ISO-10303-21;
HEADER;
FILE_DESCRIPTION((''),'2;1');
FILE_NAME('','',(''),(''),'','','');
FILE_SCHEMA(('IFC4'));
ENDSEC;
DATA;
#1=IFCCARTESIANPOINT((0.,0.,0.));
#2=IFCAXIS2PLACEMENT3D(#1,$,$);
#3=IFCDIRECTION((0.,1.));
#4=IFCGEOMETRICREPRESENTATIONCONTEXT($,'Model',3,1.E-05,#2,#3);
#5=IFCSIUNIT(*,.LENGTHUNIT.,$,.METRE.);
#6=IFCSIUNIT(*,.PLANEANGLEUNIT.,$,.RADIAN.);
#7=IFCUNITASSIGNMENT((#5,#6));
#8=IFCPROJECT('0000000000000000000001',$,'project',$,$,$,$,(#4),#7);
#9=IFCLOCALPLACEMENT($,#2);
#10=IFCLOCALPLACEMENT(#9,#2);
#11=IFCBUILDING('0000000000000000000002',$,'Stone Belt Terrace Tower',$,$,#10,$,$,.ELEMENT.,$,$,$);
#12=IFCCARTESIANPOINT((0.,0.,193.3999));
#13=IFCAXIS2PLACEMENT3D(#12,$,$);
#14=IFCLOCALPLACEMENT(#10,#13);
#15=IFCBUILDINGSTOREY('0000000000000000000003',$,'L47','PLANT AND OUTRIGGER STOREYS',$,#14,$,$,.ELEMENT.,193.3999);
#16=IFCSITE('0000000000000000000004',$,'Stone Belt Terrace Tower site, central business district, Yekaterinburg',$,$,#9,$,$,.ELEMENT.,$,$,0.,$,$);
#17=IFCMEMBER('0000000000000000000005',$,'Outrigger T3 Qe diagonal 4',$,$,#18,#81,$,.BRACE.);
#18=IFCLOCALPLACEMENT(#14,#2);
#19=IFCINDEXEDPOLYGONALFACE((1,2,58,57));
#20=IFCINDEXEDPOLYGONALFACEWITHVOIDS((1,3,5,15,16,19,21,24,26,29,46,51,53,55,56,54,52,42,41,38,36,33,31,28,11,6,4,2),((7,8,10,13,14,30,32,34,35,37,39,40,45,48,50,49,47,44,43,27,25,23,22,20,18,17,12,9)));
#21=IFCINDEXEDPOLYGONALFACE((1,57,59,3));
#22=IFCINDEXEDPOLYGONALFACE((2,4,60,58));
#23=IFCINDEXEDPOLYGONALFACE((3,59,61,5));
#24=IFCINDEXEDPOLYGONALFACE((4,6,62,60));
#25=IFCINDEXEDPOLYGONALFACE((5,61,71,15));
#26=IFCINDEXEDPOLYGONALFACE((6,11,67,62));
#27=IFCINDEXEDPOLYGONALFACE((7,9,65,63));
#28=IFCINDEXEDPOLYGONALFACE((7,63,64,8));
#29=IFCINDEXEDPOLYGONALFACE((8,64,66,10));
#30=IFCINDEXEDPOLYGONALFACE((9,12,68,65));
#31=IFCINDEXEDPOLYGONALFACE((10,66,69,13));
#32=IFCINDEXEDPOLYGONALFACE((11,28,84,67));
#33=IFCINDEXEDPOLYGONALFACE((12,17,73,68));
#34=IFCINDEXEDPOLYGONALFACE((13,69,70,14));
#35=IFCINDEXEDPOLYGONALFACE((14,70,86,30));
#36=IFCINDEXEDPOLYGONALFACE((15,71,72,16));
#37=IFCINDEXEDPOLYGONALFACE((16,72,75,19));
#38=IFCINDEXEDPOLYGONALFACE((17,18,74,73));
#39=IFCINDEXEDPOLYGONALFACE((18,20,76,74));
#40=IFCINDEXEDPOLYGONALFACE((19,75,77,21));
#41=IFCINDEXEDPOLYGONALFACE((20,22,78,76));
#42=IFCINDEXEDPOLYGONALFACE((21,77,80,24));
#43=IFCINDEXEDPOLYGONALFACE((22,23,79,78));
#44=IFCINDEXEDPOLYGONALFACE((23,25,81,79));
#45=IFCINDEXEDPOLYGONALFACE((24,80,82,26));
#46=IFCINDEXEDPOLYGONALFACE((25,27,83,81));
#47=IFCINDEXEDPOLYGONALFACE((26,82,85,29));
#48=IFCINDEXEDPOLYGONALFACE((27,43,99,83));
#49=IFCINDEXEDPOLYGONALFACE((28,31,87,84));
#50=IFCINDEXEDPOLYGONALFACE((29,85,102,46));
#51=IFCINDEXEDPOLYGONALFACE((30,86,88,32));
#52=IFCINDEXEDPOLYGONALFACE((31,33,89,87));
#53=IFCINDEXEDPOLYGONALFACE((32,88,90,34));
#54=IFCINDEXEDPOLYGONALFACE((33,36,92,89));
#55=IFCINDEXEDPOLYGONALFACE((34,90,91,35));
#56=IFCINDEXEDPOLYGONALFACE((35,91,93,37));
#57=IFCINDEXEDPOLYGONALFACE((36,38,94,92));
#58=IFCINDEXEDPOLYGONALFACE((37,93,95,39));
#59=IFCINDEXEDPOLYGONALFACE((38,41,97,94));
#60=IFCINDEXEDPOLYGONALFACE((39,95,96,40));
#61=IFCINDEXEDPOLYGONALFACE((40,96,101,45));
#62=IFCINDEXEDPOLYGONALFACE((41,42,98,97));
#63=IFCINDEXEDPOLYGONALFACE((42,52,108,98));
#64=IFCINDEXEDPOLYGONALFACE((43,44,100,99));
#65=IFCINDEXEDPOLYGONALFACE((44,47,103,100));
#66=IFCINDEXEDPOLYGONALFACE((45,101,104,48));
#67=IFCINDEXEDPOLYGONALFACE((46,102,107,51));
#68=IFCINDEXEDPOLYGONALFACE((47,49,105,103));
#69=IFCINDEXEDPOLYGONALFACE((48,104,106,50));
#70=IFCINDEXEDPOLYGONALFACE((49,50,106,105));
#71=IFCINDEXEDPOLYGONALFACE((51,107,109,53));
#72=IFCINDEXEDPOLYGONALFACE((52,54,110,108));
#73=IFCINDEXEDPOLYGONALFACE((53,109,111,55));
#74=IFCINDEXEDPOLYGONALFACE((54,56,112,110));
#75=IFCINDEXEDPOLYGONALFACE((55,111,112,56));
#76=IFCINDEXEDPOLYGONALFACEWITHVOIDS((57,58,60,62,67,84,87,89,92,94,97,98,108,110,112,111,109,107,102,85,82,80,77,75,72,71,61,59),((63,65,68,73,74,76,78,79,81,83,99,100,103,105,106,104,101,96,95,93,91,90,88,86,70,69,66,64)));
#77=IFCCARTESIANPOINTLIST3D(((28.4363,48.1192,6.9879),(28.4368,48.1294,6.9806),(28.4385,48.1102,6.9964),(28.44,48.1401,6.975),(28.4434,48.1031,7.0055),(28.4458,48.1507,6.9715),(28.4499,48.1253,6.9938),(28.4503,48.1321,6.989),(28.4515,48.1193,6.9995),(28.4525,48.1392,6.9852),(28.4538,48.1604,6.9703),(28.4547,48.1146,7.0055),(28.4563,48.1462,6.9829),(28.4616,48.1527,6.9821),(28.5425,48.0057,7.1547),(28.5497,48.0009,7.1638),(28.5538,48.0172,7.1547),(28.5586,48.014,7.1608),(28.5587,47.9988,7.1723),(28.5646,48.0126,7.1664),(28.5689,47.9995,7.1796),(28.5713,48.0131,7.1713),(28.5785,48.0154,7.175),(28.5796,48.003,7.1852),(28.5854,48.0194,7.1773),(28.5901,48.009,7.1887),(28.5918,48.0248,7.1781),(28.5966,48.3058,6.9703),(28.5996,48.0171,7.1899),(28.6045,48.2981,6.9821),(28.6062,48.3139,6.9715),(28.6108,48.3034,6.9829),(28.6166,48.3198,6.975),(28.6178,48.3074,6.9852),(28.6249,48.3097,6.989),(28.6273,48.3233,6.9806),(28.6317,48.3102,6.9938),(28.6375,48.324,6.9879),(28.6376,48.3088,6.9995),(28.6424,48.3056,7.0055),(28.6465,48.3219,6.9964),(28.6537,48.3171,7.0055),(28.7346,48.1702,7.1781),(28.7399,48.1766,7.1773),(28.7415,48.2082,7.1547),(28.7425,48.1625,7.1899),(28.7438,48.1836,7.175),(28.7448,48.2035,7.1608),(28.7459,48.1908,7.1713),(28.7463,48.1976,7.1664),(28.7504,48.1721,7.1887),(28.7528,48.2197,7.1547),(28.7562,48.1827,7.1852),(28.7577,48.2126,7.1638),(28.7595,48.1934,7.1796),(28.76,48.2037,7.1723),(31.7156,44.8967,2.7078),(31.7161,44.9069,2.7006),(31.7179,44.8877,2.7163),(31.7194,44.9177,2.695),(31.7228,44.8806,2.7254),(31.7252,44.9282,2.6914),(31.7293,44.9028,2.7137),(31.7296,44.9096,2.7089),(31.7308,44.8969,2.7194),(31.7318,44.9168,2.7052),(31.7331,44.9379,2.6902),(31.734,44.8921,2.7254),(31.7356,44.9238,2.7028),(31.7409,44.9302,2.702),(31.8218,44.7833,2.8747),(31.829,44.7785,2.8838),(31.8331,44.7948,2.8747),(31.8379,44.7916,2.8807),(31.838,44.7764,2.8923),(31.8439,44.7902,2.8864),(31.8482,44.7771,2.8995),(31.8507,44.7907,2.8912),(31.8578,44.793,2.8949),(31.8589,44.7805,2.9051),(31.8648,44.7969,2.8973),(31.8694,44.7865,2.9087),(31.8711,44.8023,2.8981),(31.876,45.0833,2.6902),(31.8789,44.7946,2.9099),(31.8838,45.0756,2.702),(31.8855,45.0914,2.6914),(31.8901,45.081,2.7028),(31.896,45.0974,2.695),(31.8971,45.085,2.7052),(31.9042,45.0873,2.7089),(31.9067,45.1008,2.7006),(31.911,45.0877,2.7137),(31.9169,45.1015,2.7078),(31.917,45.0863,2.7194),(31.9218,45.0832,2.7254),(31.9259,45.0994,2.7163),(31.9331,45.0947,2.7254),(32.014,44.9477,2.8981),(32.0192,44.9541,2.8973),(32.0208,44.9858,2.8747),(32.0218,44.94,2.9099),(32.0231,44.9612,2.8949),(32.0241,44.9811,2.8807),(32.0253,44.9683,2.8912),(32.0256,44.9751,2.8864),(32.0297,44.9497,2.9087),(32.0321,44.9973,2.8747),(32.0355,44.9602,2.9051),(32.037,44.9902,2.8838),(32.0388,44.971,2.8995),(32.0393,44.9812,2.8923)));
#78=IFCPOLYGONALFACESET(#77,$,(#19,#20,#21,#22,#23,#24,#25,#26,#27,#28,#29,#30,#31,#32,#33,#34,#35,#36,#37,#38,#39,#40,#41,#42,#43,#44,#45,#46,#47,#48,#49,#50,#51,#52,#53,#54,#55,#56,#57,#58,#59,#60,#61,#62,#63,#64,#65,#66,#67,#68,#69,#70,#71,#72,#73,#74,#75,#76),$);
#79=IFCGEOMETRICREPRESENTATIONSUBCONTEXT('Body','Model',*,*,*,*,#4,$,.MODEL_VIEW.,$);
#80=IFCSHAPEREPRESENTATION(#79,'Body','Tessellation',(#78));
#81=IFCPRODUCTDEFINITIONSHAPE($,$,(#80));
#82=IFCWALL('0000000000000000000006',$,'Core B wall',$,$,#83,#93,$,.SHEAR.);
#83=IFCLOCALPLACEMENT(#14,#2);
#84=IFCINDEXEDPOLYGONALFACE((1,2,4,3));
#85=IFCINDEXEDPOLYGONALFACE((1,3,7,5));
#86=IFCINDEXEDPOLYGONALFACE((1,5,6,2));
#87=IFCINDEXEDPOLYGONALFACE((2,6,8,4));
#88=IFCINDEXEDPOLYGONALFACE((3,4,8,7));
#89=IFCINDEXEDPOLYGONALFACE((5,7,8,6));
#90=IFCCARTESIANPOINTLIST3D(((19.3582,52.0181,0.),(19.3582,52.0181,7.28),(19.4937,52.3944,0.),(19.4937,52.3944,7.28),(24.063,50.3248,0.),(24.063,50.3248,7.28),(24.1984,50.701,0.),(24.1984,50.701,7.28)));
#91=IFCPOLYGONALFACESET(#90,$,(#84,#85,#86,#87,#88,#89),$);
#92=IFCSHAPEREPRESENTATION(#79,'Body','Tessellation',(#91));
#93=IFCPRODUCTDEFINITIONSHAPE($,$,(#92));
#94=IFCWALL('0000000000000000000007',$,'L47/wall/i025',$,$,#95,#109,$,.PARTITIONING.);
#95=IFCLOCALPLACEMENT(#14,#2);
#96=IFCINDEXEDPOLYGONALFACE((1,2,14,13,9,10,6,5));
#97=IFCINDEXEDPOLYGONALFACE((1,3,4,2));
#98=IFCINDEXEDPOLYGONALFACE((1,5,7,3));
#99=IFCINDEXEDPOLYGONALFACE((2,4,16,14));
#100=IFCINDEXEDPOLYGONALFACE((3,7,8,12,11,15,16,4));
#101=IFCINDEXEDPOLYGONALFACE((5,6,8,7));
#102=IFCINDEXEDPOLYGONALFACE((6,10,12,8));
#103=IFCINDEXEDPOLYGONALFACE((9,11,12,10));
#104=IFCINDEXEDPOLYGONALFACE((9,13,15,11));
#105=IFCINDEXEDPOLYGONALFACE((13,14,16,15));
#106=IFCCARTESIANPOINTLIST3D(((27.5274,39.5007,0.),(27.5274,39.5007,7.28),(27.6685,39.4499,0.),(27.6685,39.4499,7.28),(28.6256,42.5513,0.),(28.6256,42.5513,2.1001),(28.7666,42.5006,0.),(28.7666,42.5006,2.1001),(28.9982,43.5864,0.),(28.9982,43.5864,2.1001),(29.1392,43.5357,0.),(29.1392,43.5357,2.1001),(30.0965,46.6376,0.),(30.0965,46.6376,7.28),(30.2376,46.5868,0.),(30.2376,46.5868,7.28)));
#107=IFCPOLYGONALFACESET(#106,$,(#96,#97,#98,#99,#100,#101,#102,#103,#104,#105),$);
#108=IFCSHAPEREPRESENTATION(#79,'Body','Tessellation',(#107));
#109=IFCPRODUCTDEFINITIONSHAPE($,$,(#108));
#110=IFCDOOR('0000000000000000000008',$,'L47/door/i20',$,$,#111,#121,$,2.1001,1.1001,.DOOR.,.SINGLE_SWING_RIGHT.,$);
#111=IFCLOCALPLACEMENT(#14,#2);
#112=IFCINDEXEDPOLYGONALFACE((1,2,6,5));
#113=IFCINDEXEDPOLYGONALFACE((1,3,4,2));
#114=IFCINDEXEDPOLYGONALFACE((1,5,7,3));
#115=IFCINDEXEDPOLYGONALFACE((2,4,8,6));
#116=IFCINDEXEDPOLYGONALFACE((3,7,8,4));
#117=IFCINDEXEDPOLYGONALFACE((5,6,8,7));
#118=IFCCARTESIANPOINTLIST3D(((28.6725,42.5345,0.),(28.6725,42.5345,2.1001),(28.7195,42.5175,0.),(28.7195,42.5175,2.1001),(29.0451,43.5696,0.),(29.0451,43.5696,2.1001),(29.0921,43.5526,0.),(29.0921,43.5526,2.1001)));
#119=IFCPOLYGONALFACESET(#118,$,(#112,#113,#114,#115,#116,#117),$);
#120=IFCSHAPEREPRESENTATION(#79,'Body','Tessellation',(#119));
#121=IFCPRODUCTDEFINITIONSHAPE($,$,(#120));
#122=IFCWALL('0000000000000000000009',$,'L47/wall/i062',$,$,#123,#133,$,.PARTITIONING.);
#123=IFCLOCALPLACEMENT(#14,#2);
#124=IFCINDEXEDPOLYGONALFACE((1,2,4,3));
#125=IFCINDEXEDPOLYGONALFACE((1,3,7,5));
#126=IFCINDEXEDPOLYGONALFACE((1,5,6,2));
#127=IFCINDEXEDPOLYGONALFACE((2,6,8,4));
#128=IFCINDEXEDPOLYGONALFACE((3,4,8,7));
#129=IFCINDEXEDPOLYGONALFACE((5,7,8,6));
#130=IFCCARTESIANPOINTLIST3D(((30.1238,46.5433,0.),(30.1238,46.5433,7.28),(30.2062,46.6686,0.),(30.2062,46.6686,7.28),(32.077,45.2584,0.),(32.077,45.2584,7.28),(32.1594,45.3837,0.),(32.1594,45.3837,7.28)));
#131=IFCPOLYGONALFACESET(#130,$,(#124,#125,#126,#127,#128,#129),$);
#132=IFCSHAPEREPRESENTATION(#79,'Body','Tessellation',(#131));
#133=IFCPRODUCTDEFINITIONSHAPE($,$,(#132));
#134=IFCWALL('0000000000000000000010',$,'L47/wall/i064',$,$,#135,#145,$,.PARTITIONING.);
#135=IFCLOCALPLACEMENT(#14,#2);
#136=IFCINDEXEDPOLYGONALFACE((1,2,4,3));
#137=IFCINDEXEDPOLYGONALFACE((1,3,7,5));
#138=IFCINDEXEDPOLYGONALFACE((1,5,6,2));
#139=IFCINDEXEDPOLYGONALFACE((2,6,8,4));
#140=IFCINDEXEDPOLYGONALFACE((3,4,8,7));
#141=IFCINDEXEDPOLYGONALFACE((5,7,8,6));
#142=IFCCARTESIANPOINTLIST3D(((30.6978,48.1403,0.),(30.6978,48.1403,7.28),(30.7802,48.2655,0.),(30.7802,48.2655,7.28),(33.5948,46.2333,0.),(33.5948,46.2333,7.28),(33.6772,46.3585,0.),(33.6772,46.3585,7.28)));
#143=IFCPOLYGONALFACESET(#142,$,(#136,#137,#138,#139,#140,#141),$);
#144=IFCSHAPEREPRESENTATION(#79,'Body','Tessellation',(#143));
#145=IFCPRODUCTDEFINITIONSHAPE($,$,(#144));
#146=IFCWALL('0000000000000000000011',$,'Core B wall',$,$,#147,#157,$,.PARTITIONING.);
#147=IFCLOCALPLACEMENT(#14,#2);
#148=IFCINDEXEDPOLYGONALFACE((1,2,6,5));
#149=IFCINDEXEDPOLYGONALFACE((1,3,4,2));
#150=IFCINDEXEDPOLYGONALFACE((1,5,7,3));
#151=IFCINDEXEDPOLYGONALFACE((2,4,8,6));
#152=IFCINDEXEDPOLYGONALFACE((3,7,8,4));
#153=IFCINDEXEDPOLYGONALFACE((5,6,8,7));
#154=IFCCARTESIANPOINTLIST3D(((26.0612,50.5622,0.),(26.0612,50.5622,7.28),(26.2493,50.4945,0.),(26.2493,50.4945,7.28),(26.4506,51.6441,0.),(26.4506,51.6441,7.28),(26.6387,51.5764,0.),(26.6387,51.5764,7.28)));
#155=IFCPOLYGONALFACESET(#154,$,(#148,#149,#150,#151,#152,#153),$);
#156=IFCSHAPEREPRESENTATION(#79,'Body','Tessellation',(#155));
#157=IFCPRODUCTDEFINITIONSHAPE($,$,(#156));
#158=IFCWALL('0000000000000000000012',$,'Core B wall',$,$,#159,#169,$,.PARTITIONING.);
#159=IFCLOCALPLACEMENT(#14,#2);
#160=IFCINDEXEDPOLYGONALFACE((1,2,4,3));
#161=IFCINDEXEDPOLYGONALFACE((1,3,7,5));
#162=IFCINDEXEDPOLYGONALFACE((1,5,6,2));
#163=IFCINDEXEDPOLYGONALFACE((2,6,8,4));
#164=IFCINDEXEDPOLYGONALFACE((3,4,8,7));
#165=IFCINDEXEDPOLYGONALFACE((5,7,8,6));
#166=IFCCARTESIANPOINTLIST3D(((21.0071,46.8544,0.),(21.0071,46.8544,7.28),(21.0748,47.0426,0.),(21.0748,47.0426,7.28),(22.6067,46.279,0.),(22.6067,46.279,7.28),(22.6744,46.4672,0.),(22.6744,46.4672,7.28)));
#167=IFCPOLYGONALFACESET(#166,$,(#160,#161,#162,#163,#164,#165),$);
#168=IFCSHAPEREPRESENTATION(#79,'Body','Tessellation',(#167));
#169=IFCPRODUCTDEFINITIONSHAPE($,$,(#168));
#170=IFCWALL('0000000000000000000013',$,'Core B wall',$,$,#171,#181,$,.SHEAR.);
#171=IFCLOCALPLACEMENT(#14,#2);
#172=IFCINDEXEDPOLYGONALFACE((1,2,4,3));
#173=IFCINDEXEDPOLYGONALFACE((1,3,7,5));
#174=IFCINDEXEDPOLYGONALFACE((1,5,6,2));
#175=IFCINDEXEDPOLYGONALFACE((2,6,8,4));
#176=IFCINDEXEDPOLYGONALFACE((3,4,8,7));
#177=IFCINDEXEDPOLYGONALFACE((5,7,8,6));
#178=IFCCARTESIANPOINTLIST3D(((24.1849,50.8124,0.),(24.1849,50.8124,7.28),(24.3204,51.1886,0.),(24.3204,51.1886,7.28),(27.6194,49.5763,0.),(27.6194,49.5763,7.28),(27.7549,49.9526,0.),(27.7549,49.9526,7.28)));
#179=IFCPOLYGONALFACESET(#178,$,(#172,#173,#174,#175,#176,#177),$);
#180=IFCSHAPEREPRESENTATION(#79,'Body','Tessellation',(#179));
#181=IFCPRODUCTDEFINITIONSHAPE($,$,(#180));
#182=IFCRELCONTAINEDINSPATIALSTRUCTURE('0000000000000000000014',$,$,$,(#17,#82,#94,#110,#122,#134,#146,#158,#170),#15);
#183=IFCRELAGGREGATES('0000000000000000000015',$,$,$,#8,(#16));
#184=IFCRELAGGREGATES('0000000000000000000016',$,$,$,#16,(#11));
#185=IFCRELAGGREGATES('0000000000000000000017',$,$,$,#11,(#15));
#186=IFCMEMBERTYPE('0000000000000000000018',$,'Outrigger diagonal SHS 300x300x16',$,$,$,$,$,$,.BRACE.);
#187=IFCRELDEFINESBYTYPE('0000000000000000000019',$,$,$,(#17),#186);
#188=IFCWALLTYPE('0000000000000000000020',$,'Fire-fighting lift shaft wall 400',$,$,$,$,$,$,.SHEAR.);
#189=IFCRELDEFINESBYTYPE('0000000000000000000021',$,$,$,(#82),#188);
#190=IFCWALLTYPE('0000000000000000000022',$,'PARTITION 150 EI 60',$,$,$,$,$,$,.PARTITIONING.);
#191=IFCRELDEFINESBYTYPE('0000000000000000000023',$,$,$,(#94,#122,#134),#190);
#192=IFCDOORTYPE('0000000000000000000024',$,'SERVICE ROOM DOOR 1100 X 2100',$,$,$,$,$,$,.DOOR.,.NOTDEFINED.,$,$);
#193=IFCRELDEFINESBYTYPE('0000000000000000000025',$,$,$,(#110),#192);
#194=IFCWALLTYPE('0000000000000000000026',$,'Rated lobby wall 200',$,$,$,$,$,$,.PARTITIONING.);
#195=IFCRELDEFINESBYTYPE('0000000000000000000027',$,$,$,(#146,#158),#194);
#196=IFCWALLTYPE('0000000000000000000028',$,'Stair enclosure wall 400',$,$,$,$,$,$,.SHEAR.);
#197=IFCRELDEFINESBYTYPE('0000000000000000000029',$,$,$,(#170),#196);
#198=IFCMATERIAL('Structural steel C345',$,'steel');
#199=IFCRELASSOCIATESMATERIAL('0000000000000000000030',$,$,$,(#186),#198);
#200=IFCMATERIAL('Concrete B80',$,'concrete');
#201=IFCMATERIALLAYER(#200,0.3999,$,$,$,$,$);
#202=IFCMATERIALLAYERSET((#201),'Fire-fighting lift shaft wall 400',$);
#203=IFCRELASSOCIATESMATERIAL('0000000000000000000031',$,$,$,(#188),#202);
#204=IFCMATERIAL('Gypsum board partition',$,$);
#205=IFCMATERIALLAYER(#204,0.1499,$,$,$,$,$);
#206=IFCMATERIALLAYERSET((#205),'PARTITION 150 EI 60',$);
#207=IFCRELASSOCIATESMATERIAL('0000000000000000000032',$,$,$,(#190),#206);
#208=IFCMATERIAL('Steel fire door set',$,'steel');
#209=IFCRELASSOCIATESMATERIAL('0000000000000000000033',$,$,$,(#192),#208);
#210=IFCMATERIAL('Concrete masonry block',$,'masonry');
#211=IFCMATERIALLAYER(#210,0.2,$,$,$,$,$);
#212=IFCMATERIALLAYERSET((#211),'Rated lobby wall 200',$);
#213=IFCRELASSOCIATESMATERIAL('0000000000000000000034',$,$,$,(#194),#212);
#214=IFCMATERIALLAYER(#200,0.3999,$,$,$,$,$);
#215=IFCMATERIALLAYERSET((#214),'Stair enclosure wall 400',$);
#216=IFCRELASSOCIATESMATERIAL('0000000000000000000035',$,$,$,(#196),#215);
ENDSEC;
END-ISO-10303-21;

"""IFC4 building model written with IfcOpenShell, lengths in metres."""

from ifc_helpers import new_model, si_unit, direction, frame, frame_2d, origin, origin_2d, place, context, subcontext, project, spatial, rectangle, hollow_rectangle, extrude, material, layer, layer_set, material_profile, profile_set, type_object, element, fill, save


model = new_model("IFC4")

# Units and contexts
model_context = context("Model", 3, precision=1e-05, world=origin(), true_north=direction((0.0, 1.0)))
body_context = subcontext(model_context, "Body", "Model", "MODEL_VIEW")
ifc_project = project(units=[si_unit("LENGTHUNIT", "METRE"), si_unit("PLANEANGLEUNIT", "RADIAN")], contexts=[model_context])

# Site, building, storey
site_placement = place(None, origin())
site = spatial("IfcSite", under=ifc_project, at=site_placement, Name="Stone Belt Terrace Tower site, central business district, Yekaterinburg", CompositionType="ELEMENT", RefElevation=0.0)
building_placement = place(site_placement, origin())
building = spatial("IfcBuilding", under=site, at=building_placement, Name="Stone Belt Terrace Tower", CompositionType="ELEMENT")
storey_placement = place(building_placement, frame((0.0, 0.0, 193.3999)))
storey = spatial("IfcBuildingStorey", under=building, at=storey_placement, Name="L47", Description="PLANT AND OUTRIGGER STOREYS", CompositionType="ELEMENT", Elevation=193.3999)

# Member
ifc_material_1 = material(Name="Structural steel C345", Category="steel")
ifc_material_profile_1 = material_profile(ifc_material_1, hollow_rectangle(XDim=0.3, YDim=0.3, WallThickness=0.0161, InnerFilletRadius=0.032, OuterFilletRadius=0.0481, at=origin_2d()), Name="SHS 300x300x16")
ifc_profile_set_1 = profile_set([ifc_material_profile_1], Name="Structural steel C345")
member_type_1 = type_object("IfcMemberType", Name="Outrigger diagonal SHS 300x300x16", PredefinedType="BRACE", material=ifc_profile_set_1)
member_placement = place(storey_placement, frame((31.8774, 44.939, 2.8), z_axis=(-0.522062, 0.513006, 0.681378), x_axis=(-0.700893, -0.713266, 0.0)))
element("IfcMember", 1, at=member_placement, inside=storey, type_object=member_type_1, Name="Outrigger T3 Qe diagonal 4", PredefinedType="BRACE", context=body_context, shape_type="SweptSolid", body=[
    extrude(hollow_rectangle(XDim=0.3, YDim=0.3, WallThickness=0.0161, InnerFilletRadius=0.032, OuterFilletRadius=0.0481, at=origin_2d()), origin(), (0.0, 0.0, 1.0), 6.2815),
])

# Wall
ifc_material_2 = material(Name="Concrete B80", Category="concrete")
ifc_layer_1 = layer(ifc_material_2, 0.3999)
ifc_layer_set_1 = layer_set([ifc_layer_1], Name="Fire-fighting lift shaft wall 400")
wall_type_1 = type_object("IfcWallType", Name="Fire-fighting lift shaft wall 400", PredefinedType="SHEAR", material=ifc_layer_set_1)
wall_1_placement = place(storey_placement, frame((24.1306, 50.5129, 0.0), z_axis=(0.0, 0.0, 1.0), x_axis=(-0.940912, 0.338652, 0.0)))
element("IfcWall", 2, at=wall_1_placement, inside=storey, type_object=wall_type_1, Name="Core B wall", PredefinedType="SHEAR", context=body_context, shape_type="SweptSolid", body=[
    extrude(rectangle(XDim=5.0002, YDim=0.3999, at=frame_2d((2.5, 0.0))), origin(), (0.0, 0.0, 1.0), 7.28),
])

# Wall, opening, door
ifc_material_3 = material(Name="Gypsum board partition")
ifc_layer_2 = layer(ifc_material_3, 0.1499)
ifc_layer_set_2 = layer_set([ifc_layer_2], Name="PARTITION 150 EI 60")
wall_type_2 = type_object("IfcWallType", Name="PARTITION 150 EI 60", PredefinedType="PARTITIONING", material=ifc_layer_set_2)
wall_2_placement = place(storey_placement, frame((30.167, 46.6121, 0.0), z_axis=(0.0, 0.0, 1.0), x_axis=(-0.338694, -0.940896, 0.0)))
wall_2 = element("IfcWall", 3, at=wall_2_placement, inside=storey, type_object=wall_type_2, Name="L47/wall/i025", PredefinedType="PARTITIONING", context=body_context, shape_type="SweptSolid", body=[
    extrude(rectangle(XDim=7.5852, YDim=0.1499, at=frame_2d((3.7925, 0.0))), origin(), (0.0, 0.0, 1.0), 7.28),
])
opening_1_placement = place(wall_2_placement, frame((3.2427, 0.0, 0.0)))
opening_1 = element("IfcOpeningElement", 4, at=opening_1_placement, cuts=wall_2, PredefinedType="OPENING", context=body_context, shape_type="SweptSolid", body=[
    extrude(rectangle(XDim=1.1001, YDim=2.1001, at=frame_2d((0.55, 1.05))), frame((0.0, 0.085, 0.0), z_axis=(0.0, -1.0, 0.0), x_axis=(1.0, 0.0, 0.0)), (0.0, 0.0, 1.0), 0.1699),
])
ifc_material_4 = material(Name="Steel fire door set", Category="steel")
door_type_1 = type_object("IfcDoorType", Name="SERVICE ROOM DOOR 1100 X 2100", OperationType="NOTDEFINED", PredefinedType="DOOR", material=ifc_material_4)
door_1_placement = place(opening_1_placement, origin())
door_1 = element("IfcDoor", 5, at=door_1_placement, inside=storey, type_object=door_type_1, Name="L47/door/i20", OperationType="SINGLE_SWING_RIGHT", OverallHeight=2.1001, OverallWidth=1.1001, PredefinedType="DOOR", context=body_context, shape_type="SweptSolid", body=[
    extrude(rectangle(XDim=1.1001, YDim=2.1001, at=frame_2d((0.55, 1.05))), frame((0.0, 0.0249, 0.0), z_axis=(0.0, -1.0, 0.0), x_axis=(1.0, 0.0, 0.0)), (0.0, 0.0, 1.0), 0.05),
])
fill(opening_1, door_1)

# Walls
wall_3_placement = place(storey_placement, frame((32.1182, 45.321, 0.0), z_axis=(0.0, 0.0, 1.0), x_axis=(-0.835425, 0.549605, 0.0)))
element("IfcWall", 6, at=wall_3_placement, inside=storey, type_object=wall_type_2, Name="L47/wall/i062", PredefinedType="PARTITIONING", context=body_context, shape_type="SweptSolid", body=[
    extrude(rectangle(XDim=2.3379, YDim=0.1499, at=frame_2d((1.1689, 0.0))), origin(), (0.0, 0.0, 1.0), 7.28),
])
wall_4_placement = place(storey_placement, frame((30.739, 48.2029, 0.0), z_axis=(0.0, 0.0, 1.0), x_axis=(0.835274, -0.549834, 0.0)))
element("IfcWall", 7, at=wall_4_placement, inside=storey, type_object=wall_type_2, Name="L47/wall/i064", PredefinedType="PARTITIONING", context=body_context, shape_type="SweptSolid", body=[
    extrude(rectangle(XDim=3.4683, YDim=0.1499, at=frame_2d((1.7341, 0.0))), origin(), (0.0, 0.0, 1.0), 7.28),
])
ifc_material_5 = material(Name="Concrete masonry block", Category="masonry")
ifc_layer_3 = layer(ifc_material_5, 0.2)
ifc_layer_set_3 = layer_set([ifc_layer_3], Name="Rated lobby wall 200")
wall_type_3 = type_object("IfcWallType", Name="Rated lobby wall 200", PredefinedType="PARTITIONING", material=ifc_layer_set_3)
wall_5_placement = place(storey_placement, frame((26.1553, 50.5283, 0.0), z_axis=(0.0, 0.0, 1.0), x_axis=(0.338622, 0.940923, 0.0)))
element("IfcWall", 8, at=wall_5_placement, inside=storey, type_object=wall_type_3, Name="Core B wall", PredefinedType="PARTITIONING", context=body_context, shape_type="SweptSolid", body=[
    extrude(rectangle(XDim=1.1499, YDim=0.2, at=frame_2d((0.575, 0.0))), origin(), (0.0, 0.0, 1.0), 7.28),
])
wall_6_placement = place(storey_placement, frame((22.6406, 46.373, 0.0), z_axis=(0.0, 0.0, 1.0), x_axis=(-0.940966, 0.338501, 0.0)))
element("IfcWall", 9, at=wall_6_placement, inside=storey, type_object=wall_type_3, Name="Core B wall", PredefinedType="PARTITIONING", context=body_context, shape_type="SweptSolid", body=[
    extrude(rectangle(XDim=1.7, YDim=0.2, at=frame_2d((0.8501, 0.0))), origin(), (0.0, 0.0, 1.0), 7.28),
])
ifc_layer_4 = layer(ifc_material_2, 0.3999)
ifc_layer_set_4 = layer_set([ifc_layer_4], Name="Stair enclosure wall 400")
wall_type_4 = type_object("IfcWallType", Name="Stair enclosure wall 400", PredefinedType="SHEAR", material=ifc_layer_set_4)
wall_7_placement = place(storey_placement, frame((27.6873, 49.7644, 0.0), z_axis=(0.0, 0.0, 1.0), x_axis=(-0.940919, 0.338632, 0.0)))
element("IfcWall", 10, at=wall_7_placement, inside=storey, type_object=wall_type_4, Name="Core B wall", PredefinedType="SHEAR", context=body_context, shape_type="SweptSolid", body=[
    extrude(rectangle(XDim=3.6501, YDim=0.3999, at=frame_2d((1.8252, 0.0))), origin(), (0.0, 0.0, 1.0), 7.28),
])

save(model, "model.ifc")
